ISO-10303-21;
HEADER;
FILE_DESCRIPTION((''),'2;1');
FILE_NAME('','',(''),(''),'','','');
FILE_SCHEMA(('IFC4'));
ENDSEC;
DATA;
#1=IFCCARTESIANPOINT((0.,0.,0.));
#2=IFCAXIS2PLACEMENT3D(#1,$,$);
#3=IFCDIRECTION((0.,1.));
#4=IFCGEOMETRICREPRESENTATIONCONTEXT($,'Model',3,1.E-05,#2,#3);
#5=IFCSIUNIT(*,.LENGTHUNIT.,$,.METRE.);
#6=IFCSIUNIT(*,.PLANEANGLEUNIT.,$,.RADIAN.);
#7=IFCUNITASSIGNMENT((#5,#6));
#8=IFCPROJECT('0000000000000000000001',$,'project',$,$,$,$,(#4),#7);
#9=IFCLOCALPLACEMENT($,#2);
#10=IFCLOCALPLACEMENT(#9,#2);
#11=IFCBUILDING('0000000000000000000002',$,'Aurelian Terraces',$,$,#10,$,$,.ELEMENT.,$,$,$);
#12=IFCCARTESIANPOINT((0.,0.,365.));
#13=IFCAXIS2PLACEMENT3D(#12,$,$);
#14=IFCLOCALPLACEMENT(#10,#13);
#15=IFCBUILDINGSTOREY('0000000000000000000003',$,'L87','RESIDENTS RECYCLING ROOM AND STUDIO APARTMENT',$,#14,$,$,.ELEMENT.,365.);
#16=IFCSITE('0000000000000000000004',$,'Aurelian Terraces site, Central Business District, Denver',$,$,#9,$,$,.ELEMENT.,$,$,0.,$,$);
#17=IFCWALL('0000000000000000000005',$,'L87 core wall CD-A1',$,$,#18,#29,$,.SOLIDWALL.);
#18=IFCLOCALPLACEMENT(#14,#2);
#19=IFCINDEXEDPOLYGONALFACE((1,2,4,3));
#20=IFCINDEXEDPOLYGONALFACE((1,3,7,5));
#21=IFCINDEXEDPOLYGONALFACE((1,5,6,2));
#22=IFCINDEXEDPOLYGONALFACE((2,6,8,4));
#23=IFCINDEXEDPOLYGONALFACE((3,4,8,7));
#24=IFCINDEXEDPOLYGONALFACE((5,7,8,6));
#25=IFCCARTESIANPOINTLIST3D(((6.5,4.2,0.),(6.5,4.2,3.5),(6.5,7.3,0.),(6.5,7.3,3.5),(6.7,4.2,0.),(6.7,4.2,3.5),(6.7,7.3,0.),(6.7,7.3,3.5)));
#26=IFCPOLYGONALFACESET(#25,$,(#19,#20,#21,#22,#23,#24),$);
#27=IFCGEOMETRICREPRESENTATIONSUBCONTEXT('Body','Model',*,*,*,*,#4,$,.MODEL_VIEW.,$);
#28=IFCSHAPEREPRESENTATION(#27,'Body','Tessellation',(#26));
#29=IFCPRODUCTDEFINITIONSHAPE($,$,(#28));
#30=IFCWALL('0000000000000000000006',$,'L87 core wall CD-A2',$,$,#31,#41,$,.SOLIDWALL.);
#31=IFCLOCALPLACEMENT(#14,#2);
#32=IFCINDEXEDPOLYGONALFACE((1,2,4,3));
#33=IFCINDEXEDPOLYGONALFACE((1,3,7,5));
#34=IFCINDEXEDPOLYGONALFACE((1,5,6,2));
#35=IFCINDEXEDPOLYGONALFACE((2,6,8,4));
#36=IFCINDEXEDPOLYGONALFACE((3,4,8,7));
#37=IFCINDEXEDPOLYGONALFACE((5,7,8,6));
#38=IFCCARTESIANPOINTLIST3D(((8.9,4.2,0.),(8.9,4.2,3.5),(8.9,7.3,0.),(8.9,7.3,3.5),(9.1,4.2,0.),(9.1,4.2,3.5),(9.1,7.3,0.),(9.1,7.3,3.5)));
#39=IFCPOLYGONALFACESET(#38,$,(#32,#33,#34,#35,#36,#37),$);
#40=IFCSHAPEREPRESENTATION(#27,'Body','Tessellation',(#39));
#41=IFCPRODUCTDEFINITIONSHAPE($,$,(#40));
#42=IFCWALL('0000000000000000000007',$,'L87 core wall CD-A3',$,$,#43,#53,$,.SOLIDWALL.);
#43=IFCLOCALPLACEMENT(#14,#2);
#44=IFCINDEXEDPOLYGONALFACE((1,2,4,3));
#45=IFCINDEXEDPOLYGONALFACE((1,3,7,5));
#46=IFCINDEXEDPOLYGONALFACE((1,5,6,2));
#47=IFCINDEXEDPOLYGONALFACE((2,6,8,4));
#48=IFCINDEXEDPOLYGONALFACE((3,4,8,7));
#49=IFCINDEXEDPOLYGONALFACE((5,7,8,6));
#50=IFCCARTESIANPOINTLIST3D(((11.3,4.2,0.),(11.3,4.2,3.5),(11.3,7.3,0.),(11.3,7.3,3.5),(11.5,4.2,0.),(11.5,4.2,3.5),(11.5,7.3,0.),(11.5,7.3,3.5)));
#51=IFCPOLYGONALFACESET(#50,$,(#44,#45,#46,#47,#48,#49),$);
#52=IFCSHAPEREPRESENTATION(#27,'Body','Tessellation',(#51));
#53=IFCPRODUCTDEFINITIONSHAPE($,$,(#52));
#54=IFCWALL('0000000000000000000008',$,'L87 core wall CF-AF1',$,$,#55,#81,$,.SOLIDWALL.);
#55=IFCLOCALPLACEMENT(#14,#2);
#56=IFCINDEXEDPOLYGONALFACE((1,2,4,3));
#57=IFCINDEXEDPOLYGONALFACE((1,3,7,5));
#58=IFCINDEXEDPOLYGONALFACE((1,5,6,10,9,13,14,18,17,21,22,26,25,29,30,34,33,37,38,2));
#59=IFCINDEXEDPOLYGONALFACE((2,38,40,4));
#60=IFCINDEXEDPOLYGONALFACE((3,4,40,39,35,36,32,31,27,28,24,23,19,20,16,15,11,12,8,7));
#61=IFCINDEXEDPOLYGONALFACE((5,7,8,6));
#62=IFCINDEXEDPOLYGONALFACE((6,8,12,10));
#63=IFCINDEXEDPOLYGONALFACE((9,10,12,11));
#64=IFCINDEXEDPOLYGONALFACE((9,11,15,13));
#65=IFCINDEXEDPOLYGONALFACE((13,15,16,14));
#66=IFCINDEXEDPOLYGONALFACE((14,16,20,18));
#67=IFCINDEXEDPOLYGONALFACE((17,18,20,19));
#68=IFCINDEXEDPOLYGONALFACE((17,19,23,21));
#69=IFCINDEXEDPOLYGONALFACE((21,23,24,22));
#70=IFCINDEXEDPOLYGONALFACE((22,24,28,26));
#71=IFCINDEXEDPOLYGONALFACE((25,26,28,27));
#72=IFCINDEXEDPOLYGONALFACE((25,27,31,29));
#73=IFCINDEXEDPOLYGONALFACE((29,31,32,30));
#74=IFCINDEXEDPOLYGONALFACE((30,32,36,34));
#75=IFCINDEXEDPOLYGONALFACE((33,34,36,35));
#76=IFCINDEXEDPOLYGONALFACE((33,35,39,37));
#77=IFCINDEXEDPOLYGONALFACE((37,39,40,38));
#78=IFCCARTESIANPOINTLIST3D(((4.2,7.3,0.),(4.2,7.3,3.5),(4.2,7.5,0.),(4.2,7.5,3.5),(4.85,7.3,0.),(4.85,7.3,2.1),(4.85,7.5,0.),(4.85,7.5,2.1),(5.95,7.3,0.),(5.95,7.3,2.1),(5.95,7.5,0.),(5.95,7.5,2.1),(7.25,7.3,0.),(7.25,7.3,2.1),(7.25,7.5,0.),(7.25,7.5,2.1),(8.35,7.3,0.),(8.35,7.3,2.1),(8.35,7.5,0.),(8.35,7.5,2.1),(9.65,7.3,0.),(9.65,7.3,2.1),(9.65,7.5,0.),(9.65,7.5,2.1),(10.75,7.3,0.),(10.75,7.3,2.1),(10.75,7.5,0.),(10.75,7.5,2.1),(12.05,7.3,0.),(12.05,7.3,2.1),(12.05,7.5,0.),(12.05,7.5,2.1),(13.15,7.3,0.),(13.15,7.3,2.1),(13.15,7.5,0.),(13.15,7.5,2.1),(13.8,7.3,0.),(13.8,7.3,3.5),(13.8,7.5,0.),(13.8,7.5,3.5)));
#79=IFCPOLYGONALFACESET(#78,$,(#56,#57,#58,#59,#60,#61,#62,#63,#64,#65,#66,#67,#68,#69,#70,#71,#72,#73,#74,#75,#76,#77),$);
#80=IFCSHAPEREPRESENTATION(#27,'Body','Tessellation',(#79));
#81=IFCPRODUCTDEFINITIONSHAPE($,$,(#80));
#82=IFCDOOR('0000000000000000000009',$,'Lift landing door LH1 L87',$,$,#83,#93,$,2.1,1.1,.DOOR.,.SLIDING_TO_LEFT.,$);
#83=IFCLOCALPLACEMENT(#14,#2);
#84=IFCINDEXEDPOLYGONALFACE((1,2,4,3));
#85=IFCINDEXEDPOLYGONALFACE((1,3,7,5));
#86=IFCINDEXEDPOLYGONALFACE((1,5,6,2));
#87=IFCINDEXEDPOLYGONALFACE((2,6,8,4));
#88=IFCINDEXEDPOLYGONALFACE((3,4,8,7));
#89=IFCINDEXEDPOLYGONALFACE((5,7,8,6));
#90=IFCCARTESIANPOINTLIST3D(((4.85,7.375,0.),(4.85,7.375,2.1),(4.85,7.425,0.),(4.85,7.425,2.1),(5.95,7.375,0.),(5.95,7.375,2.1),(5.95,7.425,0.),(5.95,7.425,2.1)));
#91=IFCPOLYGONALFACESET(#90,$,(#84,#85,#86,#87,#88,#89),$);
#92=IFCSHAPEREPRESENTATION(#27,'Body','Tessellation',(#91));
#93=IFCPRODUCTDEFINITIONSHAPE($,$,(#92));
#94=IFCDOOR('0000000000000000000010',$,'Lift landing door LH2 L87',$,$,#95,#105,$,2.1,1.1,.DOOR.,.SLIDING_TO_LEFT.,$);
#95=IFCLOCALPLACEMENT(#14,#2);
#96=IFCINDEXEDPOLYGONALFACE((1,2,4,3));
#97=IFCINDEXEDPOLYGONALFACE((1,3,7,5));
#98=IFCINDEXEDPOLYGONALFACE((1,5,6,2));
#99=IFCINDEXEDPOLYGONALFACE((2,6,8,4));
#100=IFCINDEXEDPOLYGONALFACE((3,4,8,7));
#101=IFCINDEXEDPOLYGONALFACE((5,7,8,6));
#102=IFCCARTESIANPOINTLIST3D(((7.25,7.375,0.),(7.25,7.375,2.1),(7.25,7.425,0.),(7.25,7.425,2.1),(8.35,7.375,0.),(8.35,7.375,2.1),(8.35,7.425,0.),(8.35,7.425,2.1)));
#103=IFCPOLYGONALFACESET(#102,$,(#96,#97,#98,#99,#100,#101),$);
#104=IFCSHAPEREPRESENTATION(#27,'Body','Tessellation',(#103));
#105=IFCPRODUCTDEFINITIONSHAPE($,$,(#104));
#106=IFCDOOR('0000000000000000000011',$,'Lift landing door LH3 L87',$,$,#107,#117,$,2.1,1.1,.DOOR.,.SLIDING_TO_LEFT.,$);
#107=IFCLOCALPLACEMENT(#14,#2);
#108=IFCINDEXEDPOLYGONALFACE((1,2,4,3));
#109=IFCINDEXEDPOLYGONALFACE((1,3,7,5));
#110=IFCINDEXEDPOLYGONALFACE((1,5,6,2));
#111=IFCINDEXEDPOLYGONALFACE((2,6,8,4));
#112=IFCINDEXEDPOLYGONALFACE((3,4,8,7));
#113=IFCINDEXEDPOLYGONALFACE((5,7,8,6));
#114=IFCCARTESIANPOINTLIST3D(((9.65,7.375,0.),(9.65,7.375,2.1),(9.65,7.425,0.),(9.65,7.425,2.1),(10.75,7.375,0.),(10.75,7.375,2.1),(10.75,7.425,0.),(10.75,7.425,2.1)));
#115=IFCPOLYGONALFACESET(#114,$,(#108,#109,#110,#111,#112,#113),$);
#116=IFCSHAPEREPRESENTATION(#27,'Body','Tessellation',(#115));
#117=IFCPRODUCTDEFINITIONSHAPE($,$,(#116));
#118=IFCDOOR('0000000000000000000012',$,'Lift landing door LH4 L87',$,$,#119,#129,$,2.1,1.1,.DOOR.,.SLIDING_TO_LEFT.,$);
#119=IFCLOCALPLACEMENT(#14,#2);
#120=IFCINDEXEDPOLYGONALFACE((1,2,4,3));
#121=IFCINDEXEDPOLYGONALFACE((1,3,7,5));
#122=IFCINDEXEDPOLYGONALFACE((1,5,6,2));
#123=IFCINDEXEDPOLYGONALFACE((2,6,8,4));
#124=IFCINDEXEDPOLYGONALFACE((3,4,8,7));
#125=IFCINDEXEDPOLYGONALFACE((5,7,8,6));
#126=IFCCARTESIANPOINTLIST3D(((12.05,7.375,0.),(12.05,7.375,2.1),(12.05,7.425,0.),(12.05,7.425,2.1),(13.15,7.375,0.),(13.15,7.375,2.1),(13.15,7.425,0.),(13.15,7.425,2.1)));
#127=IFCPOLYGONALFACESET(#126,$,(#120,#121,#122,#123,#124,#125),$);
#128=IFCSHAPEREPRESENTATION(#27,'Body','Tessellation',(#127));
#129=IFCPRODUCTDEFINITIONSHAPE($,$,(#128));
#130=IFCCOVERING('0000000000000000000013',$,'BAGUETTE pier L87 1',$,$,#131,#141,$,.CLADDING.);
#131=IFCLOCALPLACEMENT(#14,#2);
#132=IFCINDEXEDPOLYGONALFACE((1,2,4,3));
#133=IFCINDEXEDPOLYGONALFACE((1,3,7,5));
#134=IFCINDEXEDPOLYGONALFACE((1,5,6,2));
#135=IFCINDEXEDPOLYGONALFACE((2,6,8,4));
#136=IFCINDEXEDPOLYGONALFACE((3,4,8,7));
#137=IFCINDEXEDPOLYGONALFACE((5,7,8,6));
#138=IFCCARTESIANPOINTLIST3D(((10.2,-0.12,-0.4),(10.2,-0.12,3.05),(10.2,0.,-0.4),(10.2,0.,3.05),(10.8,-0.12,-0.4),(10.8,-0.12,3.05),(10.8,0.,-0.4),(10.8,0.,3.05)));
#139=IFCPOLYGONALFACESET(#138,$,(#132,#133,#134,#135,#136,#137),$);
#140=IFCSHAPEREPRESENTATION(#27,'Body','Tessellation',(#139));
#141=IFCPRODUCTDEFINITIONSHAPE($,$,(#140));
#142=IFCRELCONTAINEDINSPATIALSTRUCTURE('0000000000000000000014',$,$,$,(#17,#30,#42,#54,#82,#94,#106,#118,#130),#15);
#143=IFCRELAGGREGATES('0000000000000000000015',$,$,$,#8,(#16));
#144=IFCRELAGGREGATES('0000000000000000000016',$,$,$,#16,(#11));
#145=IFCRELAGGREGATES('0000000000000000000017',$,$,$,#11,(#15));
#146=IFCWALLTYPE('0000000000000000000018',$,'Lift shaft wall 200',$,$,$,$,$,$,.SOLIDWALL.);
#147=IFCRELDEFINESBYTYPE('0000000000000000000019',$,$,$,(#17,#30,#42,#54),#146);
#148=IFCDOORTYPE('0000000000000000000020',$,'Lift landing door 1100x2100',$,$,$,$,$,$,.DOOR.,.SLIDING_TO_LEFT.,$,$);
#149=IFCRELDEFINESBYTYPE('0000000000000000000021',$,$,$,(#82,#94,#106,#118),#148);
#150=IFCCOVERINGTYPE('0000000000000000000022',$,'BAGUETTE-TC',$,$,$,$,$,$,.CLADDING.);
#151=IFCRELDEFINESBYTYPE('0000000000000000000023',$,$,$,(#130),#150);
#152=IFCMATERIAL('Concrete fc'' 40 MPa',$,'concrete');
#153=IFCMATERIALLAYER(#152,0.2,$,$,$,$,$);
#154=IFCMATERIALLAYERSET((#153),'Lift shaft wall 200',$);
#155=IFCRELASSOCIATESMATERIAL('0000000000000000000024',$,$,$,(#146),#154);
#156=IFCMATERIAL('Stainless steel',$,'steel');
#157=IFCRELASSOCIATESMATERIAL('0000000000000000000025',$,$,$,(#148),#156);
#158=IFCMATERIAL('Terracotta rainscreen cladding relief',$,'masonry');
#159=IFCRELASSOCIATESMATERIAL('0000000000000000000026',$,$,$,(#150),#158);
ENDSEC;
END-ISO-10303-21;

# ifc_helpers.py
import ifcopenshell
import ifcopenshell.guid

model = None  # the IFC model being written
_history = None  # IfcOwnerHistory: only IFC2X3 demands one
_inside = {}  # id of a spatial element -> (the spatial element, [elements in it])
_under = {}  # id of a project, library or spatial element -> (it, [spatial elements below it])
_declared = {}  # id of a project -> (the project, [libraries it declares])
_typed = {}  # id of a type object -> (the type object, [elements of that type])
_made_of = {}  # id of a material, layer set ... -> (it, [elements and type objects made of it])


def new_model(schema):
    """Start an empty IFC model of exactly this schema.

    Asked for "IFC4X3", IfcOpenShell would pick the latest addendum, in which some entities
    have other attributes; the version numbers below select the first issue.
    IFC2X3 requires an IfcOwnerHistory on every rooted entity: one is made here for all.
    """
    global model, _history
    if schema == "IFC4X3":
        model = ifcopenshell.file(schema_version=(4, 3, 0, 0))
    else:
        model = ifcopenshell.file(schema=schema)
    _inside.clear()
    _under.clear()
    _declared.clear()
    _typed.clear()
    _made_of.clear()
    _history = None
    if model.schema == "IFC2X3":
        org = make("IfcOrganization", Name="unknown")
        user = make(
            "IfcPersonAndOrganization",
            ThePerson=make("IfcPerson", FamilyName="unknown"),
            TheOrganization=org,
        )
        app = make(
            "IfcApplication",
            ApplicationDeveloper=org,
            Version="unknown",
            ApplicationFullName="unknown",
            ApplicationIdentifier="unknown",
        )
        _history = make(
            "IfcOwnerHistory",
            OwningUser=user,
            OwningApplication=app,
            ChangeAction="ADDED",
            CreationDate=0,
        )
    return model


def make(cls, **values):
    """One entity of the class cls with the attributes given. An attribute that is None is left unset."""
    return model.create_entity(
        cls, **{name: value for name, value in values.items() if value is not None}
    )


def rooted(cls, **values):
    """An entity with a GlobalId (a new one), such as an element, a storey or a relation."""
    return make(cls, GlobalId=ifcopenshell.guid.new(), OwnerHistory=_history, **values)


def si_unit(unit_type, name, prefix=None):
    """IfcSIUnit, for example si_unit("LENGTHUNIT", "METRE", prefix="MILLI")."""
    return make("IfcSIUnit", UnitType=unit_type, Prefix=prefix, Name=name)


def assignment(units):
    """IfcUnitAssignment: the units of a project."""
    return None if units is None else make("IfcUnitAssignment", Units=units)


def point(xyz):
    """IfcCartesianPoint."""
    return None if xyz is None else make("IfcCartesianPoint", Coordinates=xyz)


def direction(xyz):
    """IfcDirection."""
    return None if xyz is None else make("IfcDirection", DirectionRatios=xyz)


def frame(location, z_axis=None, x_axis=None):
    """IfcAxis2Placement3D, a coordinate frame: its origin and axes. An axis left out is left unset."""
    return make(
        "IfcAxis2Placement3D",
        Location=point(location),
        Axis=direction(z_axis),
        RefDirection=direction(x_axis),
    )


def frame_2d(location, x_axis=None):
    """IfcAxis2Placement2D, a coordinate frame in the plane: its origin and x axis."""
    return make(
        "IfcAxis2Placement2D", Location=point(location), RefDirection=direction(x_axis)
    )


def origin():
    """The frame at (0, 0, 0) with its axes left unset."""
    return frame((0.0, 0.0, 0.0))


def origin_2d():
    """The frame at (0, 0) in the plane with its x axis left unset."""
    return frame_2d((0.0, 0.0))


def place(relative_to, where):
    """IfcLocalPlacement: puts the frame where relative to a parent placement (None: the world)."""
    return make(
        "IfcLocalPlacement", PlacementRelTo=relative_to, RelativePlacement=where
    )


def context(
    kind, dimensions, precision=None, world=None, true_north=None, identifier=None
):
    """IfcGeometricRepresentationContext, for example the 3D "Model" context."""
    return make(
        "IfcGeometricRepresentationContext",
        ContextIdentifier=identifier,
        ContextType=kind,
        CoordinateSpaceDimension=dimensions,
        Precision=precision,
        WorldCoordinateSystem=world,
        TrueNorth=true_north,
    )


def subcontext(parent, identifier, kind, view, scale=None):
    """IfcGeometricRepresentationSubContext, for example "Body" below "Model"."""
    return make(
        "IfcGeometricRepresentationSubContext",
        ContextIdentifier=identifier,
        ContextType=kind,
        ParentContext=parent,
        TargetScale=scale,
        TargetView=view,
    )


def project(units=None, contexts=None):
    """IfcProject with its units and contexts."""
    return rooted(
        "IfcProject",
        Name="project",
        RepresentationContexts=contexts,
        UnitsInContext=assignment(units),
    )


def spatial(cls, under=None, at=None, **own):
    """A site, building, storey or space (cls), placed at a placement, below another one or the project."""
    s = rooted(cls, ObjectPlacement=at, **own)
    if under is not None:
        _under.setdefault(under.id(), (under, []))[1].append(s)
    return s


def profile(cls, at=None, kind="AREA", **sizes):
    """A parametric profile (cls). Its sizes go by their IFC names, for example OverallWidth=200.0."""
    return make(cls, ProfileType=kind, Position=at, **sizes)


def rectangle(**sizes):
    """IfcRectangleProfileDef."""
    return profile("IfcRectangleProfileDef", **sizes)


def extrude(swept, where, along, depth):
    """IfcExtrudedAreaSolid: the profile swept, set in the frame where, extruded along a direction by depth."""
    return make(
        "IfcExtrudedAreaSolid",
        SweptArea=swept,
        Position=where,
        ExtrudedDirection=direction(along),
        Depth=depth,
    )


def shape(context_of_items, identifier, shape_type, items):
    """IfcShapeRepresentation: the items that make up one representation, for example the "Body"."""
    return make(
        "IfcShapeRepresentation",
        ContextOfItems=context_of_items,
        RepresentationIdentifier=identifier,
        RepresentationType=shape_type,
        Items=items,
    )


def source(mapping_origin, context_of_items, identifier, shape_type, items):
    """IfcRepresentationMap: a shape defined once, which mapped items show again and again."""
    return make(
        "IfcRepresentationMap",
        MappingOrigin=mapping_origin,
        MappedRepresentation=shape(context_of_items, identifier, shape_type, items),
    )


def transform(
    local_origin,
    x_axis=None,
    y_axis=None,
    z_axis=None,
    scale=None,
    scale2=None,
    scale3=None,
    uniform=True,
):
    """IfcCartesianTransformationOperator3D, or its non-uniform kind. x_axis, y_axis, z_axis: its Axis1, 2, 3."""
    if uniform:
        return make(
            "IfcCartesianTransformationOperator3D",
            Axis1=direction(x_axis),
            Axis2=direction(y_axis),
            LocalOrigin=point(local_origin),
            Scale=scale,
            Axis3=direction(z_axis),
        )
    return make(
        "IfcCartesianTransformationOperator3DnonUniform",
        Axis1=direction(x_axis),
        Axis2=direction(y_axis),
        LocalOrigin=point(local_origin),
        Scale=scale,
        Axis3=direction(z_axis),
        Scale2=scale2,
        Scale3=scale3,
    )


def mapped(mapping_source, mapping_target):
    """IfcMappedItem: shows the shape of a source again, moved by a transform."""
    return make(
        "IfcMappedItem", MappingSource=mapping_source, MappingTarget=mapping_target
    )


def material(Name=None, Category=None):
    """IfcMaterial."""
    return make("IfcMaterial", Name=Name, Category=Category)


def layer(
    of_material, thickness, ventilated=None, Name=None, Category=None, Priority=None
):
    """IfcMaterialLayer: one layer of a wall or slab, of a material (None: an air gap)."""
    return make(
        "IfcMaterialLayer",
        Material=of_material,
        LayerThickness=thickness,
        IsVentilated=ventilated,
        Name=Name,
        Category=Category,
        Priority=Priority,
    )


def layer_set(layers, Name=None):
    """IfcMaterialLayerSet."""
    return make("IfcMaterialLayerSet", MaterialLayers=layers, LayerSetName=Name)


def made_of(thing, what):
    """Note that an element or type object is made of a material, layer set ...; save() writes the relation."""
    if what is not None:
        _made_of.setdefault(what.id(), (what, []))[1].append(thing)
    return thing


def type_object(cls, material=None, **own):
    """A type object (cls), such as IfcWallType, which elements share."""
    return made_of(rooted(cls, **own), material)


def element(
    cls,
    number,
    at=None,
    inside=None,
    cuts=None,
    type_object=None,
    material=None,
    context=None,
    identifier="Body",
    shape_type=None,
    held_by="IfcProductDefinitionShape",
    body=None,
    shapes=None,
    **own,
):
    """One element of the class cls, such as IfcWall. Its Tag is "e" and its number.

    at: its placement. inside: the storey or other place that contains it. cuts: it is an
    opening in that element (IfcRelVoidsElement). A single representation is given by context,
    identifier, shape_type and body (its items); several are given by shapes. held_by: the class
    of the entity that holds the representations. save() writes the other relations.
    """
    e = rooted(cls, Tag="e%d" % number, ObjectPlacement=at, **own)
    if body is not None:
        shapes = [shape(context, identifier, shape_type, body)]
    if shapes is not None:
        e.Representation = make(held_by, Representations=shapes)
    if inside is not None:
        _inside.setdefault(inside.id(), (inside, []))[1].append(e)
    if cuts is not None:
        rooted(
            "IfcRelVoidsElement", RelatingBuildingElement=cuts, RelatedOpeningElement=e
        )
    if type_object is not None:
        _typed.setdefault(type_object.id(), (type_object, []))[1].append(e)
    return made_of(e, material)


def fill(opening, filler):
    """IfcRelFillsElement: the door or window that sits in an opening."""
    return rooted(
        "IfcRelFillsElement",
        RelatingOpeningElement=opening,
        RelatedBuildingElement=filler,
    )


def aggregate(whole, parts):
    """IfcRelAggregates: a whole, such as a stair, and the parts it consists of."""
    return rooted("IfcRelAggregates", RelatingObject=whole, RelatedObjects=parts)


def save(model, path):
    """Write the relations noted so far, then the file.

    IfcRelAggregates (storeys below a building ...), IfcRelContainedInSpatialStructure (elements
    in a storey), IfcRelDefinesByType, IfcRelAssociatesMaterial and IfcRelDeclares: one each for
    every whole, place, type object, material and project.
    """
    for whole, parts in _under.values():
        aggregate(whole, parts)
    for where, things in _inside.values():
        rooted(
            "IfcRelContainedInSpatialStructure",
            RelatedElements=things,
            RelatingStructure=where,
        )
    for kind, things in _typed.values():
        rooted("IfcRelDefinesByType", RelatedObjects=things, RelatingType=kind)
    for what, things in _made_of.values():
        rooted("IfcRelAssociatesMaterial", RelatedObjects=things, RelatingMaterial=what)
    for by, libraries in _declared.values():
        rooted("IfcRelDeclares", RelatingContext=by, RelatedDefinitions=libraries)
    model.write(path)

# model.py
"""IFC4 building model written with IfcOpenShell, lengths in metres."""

from ifc_helpers import new_model, si_unit, direction, frame, frame_2d, origin, origin_2d, place, context, subcontext, project, spatial, rectangle, extrude, source, transform, mapped, material, layer, layer_set, type_object, element, fill, save


model = new_model("IFC4")

# Units and contexts
model_context = context("Model", 3, precision=1e-05, world=origin(), true_north=direction((0.0, 1.0)))
body_context = subcontext(model_context, "Body", "Model", "MODEL_VIEW")
ifc_project = project(units=[si_unit("LENGTHUNIT", "METRE"), si_unit("PLANEANGLEUNIT", "RADIAN")], contexts=[model_context])

# Site, building, storey
site_placement = place(None, origin())
site = spatial("IfcSite", under=ifc_project, at=site_placement, Name="Aurelian Terraces site, Central Business District, Denver", CompositionType="ELEMENT", RefElevation=0.0)
building_placement = place(site_placement, origin())
building = spatial("IfcBuilding", under=site, at=building_placement, Name="Aurelian Terraces", CompositionType="ELEMENT")
storey_placement = place(building_placement, frame((0.0, 0.0, 365.0)))
storey = spatial("IfcBuildingStorey", under=building, at=storey_placement, Name="L87", Description="RESIDENTS RECYCLING ROOM AND STUDIO APARTMENT", CompositionType="ELEMENT", Elevation=365.0)

# Shared definitions
ifc_material_1 = material(Name="Concrete fc' 40 MPa", Category="concrete")
ifc_layer_1 = layer(ifc_material_1, 0.2)
ifc_layer_set_1 = layer_set([ifc_layer_1], Name="Lift shaft wall 200")
wall_type_1 = type_object("IfcWallType", Name="Lift shaft wall 200", PredefinedType="SOLIDWALL", material=ifc_layer_set_1)

# Walls
shared_shape_1 = source(origin(), body_context, "Body", "SweptSolid", [
    extrude(rectangle(XDim=3.1, YDim=0.2, at=frame_2d((1.55, 0.0))), origin(), (0.0, 0.0, 1.0), 3.5),
])
for number, where, z_axis, x_axis, name in (
    (1, (6.6, 4.2, 0.0), (0.0, 0.0, 1.0), (0.0, 1.0, 0.0), "L87 core wall CD-A1"),
    (2, (9.0, 4.2, 0.0), (0.0, 0.0, 1.0), (0.0, 1.0, 0.0), "L87 core wall CD-A2"),
    (3, (11.4, 4.2, 0.0), (0.0, 0.0, 1.0), (0.0, 1.0, 0.0), "L87 core wall CD-A3"),
):
    element("IfcWall", number, at=place(storey_placement, frame(where, z_axis=z_axis, x_axis=x_axis)), inside=storey, type_object=wall_type_1, Name=name, PredefinedType="SOLIDWALL", context=body_context, shape_type="MappedRepresentation", body=[
        mapped(shared_shape_1, transform((0.0, 0.0, 0.0), scale=1.0)),
    ])

# Wall, openings, doors
shared_shape_2 = source(origin(), body_context, "Body", "SweptSolid", [
    extrude(rectangle(XDim=9.6, YDim=0.2, at=frame_2d((4.8, 0.0))), origin(), (0.0, 0.0, 1.0), 3.5),
])
wall_1_placement = place(storey_placement, frame((4.2, 7.4, 0.0), z_axis=(0.0, 0.0, 1.0), x_axis=(1.0, 0.0, 0.0)))
wall_1 = element("IfcWall", 4, at=wall_1_placement, inside=storey, type_object=wall_type_1, Name="L87 core wall CF-AF1", PredefinedType="SOLIDWALL", context=body_context, shape_type="MappedRepresentation", body=[
    mapped(shared_shape_2, transform((0.0, 0.0, 0.0), scale=1.0)),
])
shared_shape_3 = source(origin(), body_context, "Body", "SweptSolid", [
    extrude(rectangle(XDim=1.1, YDim=2.1, at=frame_2d((0.55, 1.05))), frame((0.0, 0.11, 0.0), z_axis=(0.0, -1.0, 0.0), x_axis=(1.0, 0.0, 0.0)), (0.0, 0.0, 1.0), 0.22),
])
opening_1_placement = place(wall_1_placement, frame((0.65, 0.0, 0.0)))
opening_1 = element("IfcOpeningElement", 5, at=opening_1_placement, cuts=wall_1, PredefinedType="OPENING", context=body_context, shape_type="MappedRepresentation", body=[
    mapped(shared_shape_3, transform((0.0, 0.0, 0.0), scale=1.0)),
])
opening_2_placement = place(wall_1_placement, frame((3.05, 0.0, 0.0)))
opening_2 = element("IfcOpeningElement", 6, at=opening_2_placement, cuts=wall_1, PredefinedType="OPENING", context=body_context, shape_type="MappedRepresentation", body=[
    mapped(shared_shape_3, transform((0.0, 0.0, 0.0), scale=1.0)),
])
opening_3_placement = place(wall_1_placement, frame((5.45, 0.0, 0.0)))
opening_3 = element("IfcOpeningElement", 7, at=opening_3_placement, cuts=wall_1, PredefinedType="OPENING", context=body_context, shape_type="MappedRepresentation", body=[
    mapped(shared_shape_3, transform((0.0, 0.0, 0.0), scale=1.0)),
])
opening_4_placement = place(wall_1_placement, frame((7.85, 0.0, 0.0)))
opening_4 = element("IfcOpeningElement", 8, at=opening_4_placement, cuts=wall_1, PredefinedType="OPENING", context=body_context, shape_type="MappedRepresentation", body=[
    mapped(shared_shape_3, transform((0.0, 0.0, 0.0), scale=1.0)),
])
ifc_material_2 = material(Name="Stainless steel", Category="steel")
door_type_1 = type_object("IfcDoorType", Name="Lift landing door 1100x2100", OperationType="SLIDING_TO_LEFT", PredefinedType="DOOR", material=ifc_material_2)
shared_shape_4 = source(origin(), body_context, "Body", "SweptSolid", [
    extrude(rectangle(XDim=1.1, YDim=2.1, at=frame_2d((0.55, 1.05))), frame((0.0, 0.025, 0.0), z_axis=(0.0, -1.0, 0.0), x_axis=(1.0, 0.0, 0.0)), (0.0, 0.0, 1.0), 0.05),
])
door_1_placement = place(opening_1_placement, origin())
door_1 = element("IfcDoor", 9, at=door_1_placement, inside=storey, type_object=door_type_1, Name="Lift landing door LH1 L87", OperationType="SLIDING_TO_LEFT", OverallHeight=2.1, OverallWidth=1.1, PredefinedType="DOOR", context=body_context, shape_type="MappedRepresentation", body=[
    mapped(shared_shape_4, transform((0.0, 0.0, 0.0), scale=1.0)),
])
fill(opening_1, door_1)
door_2_placement = place(opening_2_placement, origin())
door_2 = element("IfcDoor", 10, at=door_2_placement, inside=storey, type_object=door_type_1, Name="Lift landing door LH2 L87", OperationType="SLIDING_TO_LEFT", OverallHeight=2.1, OverallWidth=1.1, PredefinedType="DOOR", context=body_context, shape_type="MappedRepresentation", body=[
    mapped(shared_shape_4, transform((0.0, 0.0, 0.0), scale=1.0)),
])
fill(opening_2, door_2)
door_3_placement = place(opening_3_placement, origin())
door_3 = element("IfcDoor", 11, at=door_3_placement, inside=storey, type_object=door_type_1, Name="Lift landing door LH3 L87", OperationType="SLIDING_TO_LEFT", OverallHeight=2.1, OverallWidth=1.1, PredefinedType="DOOR", context=body_context, shape_type="MappedRepresentation", body=[
    mapped(shared_shape_4, transform((0.0, 0.0, 0.0), scale=1.0)),
])
fill(opening_3, door_3)
door_4_placement = place(opening_4_placement, origin())
door_4 = element("IfcDoor", 12, at=door_4_placement, inside=storey, type_object=door_type_1, Name="Lift landing door LH4 L87", OperationType="SLIDING_TO_LEFT", OverallHeight=2.1, OverallWidth=1.1, PredefinedType="DOOR", context=body_context, shape_type="MappedRepresentation", body=[
    mapped(shared_shape_4, transform((0.0, 0.0, 0.0), scale=1.0)),
])
fill(opening_4, door_4)

# Covering
ifc_material_3 = material(Name="Terracotta rainscreen cladding relief", Category="masonry")
covering_type = type_object("IfcCoveringType", Name="BAGUETTE-TC", PredefinedType="CLADDING", material=ifc_material_3)
covering_placement = place(storey_placement, frame((10.5, -0.06, -0.4), z_axis=(0.0, 0.0, 1.0), x_axis=(1.0, 0.0, 0.0)))
element("IfcCovering", 13, at=covering_placement, inside=storey, type_object=covering_type, Name="BAGUETTE pier L87 1", PredefinedType="CLADDING", context=body_context, shape_type="SweptSolid", body=[
    extrude(rectangle(XDim=0.6, YDim=0.12, at=origin_2d()), origin(), (0.0, 0.0, 1.0), 3.45),
])

save(model, "model.ifc")
